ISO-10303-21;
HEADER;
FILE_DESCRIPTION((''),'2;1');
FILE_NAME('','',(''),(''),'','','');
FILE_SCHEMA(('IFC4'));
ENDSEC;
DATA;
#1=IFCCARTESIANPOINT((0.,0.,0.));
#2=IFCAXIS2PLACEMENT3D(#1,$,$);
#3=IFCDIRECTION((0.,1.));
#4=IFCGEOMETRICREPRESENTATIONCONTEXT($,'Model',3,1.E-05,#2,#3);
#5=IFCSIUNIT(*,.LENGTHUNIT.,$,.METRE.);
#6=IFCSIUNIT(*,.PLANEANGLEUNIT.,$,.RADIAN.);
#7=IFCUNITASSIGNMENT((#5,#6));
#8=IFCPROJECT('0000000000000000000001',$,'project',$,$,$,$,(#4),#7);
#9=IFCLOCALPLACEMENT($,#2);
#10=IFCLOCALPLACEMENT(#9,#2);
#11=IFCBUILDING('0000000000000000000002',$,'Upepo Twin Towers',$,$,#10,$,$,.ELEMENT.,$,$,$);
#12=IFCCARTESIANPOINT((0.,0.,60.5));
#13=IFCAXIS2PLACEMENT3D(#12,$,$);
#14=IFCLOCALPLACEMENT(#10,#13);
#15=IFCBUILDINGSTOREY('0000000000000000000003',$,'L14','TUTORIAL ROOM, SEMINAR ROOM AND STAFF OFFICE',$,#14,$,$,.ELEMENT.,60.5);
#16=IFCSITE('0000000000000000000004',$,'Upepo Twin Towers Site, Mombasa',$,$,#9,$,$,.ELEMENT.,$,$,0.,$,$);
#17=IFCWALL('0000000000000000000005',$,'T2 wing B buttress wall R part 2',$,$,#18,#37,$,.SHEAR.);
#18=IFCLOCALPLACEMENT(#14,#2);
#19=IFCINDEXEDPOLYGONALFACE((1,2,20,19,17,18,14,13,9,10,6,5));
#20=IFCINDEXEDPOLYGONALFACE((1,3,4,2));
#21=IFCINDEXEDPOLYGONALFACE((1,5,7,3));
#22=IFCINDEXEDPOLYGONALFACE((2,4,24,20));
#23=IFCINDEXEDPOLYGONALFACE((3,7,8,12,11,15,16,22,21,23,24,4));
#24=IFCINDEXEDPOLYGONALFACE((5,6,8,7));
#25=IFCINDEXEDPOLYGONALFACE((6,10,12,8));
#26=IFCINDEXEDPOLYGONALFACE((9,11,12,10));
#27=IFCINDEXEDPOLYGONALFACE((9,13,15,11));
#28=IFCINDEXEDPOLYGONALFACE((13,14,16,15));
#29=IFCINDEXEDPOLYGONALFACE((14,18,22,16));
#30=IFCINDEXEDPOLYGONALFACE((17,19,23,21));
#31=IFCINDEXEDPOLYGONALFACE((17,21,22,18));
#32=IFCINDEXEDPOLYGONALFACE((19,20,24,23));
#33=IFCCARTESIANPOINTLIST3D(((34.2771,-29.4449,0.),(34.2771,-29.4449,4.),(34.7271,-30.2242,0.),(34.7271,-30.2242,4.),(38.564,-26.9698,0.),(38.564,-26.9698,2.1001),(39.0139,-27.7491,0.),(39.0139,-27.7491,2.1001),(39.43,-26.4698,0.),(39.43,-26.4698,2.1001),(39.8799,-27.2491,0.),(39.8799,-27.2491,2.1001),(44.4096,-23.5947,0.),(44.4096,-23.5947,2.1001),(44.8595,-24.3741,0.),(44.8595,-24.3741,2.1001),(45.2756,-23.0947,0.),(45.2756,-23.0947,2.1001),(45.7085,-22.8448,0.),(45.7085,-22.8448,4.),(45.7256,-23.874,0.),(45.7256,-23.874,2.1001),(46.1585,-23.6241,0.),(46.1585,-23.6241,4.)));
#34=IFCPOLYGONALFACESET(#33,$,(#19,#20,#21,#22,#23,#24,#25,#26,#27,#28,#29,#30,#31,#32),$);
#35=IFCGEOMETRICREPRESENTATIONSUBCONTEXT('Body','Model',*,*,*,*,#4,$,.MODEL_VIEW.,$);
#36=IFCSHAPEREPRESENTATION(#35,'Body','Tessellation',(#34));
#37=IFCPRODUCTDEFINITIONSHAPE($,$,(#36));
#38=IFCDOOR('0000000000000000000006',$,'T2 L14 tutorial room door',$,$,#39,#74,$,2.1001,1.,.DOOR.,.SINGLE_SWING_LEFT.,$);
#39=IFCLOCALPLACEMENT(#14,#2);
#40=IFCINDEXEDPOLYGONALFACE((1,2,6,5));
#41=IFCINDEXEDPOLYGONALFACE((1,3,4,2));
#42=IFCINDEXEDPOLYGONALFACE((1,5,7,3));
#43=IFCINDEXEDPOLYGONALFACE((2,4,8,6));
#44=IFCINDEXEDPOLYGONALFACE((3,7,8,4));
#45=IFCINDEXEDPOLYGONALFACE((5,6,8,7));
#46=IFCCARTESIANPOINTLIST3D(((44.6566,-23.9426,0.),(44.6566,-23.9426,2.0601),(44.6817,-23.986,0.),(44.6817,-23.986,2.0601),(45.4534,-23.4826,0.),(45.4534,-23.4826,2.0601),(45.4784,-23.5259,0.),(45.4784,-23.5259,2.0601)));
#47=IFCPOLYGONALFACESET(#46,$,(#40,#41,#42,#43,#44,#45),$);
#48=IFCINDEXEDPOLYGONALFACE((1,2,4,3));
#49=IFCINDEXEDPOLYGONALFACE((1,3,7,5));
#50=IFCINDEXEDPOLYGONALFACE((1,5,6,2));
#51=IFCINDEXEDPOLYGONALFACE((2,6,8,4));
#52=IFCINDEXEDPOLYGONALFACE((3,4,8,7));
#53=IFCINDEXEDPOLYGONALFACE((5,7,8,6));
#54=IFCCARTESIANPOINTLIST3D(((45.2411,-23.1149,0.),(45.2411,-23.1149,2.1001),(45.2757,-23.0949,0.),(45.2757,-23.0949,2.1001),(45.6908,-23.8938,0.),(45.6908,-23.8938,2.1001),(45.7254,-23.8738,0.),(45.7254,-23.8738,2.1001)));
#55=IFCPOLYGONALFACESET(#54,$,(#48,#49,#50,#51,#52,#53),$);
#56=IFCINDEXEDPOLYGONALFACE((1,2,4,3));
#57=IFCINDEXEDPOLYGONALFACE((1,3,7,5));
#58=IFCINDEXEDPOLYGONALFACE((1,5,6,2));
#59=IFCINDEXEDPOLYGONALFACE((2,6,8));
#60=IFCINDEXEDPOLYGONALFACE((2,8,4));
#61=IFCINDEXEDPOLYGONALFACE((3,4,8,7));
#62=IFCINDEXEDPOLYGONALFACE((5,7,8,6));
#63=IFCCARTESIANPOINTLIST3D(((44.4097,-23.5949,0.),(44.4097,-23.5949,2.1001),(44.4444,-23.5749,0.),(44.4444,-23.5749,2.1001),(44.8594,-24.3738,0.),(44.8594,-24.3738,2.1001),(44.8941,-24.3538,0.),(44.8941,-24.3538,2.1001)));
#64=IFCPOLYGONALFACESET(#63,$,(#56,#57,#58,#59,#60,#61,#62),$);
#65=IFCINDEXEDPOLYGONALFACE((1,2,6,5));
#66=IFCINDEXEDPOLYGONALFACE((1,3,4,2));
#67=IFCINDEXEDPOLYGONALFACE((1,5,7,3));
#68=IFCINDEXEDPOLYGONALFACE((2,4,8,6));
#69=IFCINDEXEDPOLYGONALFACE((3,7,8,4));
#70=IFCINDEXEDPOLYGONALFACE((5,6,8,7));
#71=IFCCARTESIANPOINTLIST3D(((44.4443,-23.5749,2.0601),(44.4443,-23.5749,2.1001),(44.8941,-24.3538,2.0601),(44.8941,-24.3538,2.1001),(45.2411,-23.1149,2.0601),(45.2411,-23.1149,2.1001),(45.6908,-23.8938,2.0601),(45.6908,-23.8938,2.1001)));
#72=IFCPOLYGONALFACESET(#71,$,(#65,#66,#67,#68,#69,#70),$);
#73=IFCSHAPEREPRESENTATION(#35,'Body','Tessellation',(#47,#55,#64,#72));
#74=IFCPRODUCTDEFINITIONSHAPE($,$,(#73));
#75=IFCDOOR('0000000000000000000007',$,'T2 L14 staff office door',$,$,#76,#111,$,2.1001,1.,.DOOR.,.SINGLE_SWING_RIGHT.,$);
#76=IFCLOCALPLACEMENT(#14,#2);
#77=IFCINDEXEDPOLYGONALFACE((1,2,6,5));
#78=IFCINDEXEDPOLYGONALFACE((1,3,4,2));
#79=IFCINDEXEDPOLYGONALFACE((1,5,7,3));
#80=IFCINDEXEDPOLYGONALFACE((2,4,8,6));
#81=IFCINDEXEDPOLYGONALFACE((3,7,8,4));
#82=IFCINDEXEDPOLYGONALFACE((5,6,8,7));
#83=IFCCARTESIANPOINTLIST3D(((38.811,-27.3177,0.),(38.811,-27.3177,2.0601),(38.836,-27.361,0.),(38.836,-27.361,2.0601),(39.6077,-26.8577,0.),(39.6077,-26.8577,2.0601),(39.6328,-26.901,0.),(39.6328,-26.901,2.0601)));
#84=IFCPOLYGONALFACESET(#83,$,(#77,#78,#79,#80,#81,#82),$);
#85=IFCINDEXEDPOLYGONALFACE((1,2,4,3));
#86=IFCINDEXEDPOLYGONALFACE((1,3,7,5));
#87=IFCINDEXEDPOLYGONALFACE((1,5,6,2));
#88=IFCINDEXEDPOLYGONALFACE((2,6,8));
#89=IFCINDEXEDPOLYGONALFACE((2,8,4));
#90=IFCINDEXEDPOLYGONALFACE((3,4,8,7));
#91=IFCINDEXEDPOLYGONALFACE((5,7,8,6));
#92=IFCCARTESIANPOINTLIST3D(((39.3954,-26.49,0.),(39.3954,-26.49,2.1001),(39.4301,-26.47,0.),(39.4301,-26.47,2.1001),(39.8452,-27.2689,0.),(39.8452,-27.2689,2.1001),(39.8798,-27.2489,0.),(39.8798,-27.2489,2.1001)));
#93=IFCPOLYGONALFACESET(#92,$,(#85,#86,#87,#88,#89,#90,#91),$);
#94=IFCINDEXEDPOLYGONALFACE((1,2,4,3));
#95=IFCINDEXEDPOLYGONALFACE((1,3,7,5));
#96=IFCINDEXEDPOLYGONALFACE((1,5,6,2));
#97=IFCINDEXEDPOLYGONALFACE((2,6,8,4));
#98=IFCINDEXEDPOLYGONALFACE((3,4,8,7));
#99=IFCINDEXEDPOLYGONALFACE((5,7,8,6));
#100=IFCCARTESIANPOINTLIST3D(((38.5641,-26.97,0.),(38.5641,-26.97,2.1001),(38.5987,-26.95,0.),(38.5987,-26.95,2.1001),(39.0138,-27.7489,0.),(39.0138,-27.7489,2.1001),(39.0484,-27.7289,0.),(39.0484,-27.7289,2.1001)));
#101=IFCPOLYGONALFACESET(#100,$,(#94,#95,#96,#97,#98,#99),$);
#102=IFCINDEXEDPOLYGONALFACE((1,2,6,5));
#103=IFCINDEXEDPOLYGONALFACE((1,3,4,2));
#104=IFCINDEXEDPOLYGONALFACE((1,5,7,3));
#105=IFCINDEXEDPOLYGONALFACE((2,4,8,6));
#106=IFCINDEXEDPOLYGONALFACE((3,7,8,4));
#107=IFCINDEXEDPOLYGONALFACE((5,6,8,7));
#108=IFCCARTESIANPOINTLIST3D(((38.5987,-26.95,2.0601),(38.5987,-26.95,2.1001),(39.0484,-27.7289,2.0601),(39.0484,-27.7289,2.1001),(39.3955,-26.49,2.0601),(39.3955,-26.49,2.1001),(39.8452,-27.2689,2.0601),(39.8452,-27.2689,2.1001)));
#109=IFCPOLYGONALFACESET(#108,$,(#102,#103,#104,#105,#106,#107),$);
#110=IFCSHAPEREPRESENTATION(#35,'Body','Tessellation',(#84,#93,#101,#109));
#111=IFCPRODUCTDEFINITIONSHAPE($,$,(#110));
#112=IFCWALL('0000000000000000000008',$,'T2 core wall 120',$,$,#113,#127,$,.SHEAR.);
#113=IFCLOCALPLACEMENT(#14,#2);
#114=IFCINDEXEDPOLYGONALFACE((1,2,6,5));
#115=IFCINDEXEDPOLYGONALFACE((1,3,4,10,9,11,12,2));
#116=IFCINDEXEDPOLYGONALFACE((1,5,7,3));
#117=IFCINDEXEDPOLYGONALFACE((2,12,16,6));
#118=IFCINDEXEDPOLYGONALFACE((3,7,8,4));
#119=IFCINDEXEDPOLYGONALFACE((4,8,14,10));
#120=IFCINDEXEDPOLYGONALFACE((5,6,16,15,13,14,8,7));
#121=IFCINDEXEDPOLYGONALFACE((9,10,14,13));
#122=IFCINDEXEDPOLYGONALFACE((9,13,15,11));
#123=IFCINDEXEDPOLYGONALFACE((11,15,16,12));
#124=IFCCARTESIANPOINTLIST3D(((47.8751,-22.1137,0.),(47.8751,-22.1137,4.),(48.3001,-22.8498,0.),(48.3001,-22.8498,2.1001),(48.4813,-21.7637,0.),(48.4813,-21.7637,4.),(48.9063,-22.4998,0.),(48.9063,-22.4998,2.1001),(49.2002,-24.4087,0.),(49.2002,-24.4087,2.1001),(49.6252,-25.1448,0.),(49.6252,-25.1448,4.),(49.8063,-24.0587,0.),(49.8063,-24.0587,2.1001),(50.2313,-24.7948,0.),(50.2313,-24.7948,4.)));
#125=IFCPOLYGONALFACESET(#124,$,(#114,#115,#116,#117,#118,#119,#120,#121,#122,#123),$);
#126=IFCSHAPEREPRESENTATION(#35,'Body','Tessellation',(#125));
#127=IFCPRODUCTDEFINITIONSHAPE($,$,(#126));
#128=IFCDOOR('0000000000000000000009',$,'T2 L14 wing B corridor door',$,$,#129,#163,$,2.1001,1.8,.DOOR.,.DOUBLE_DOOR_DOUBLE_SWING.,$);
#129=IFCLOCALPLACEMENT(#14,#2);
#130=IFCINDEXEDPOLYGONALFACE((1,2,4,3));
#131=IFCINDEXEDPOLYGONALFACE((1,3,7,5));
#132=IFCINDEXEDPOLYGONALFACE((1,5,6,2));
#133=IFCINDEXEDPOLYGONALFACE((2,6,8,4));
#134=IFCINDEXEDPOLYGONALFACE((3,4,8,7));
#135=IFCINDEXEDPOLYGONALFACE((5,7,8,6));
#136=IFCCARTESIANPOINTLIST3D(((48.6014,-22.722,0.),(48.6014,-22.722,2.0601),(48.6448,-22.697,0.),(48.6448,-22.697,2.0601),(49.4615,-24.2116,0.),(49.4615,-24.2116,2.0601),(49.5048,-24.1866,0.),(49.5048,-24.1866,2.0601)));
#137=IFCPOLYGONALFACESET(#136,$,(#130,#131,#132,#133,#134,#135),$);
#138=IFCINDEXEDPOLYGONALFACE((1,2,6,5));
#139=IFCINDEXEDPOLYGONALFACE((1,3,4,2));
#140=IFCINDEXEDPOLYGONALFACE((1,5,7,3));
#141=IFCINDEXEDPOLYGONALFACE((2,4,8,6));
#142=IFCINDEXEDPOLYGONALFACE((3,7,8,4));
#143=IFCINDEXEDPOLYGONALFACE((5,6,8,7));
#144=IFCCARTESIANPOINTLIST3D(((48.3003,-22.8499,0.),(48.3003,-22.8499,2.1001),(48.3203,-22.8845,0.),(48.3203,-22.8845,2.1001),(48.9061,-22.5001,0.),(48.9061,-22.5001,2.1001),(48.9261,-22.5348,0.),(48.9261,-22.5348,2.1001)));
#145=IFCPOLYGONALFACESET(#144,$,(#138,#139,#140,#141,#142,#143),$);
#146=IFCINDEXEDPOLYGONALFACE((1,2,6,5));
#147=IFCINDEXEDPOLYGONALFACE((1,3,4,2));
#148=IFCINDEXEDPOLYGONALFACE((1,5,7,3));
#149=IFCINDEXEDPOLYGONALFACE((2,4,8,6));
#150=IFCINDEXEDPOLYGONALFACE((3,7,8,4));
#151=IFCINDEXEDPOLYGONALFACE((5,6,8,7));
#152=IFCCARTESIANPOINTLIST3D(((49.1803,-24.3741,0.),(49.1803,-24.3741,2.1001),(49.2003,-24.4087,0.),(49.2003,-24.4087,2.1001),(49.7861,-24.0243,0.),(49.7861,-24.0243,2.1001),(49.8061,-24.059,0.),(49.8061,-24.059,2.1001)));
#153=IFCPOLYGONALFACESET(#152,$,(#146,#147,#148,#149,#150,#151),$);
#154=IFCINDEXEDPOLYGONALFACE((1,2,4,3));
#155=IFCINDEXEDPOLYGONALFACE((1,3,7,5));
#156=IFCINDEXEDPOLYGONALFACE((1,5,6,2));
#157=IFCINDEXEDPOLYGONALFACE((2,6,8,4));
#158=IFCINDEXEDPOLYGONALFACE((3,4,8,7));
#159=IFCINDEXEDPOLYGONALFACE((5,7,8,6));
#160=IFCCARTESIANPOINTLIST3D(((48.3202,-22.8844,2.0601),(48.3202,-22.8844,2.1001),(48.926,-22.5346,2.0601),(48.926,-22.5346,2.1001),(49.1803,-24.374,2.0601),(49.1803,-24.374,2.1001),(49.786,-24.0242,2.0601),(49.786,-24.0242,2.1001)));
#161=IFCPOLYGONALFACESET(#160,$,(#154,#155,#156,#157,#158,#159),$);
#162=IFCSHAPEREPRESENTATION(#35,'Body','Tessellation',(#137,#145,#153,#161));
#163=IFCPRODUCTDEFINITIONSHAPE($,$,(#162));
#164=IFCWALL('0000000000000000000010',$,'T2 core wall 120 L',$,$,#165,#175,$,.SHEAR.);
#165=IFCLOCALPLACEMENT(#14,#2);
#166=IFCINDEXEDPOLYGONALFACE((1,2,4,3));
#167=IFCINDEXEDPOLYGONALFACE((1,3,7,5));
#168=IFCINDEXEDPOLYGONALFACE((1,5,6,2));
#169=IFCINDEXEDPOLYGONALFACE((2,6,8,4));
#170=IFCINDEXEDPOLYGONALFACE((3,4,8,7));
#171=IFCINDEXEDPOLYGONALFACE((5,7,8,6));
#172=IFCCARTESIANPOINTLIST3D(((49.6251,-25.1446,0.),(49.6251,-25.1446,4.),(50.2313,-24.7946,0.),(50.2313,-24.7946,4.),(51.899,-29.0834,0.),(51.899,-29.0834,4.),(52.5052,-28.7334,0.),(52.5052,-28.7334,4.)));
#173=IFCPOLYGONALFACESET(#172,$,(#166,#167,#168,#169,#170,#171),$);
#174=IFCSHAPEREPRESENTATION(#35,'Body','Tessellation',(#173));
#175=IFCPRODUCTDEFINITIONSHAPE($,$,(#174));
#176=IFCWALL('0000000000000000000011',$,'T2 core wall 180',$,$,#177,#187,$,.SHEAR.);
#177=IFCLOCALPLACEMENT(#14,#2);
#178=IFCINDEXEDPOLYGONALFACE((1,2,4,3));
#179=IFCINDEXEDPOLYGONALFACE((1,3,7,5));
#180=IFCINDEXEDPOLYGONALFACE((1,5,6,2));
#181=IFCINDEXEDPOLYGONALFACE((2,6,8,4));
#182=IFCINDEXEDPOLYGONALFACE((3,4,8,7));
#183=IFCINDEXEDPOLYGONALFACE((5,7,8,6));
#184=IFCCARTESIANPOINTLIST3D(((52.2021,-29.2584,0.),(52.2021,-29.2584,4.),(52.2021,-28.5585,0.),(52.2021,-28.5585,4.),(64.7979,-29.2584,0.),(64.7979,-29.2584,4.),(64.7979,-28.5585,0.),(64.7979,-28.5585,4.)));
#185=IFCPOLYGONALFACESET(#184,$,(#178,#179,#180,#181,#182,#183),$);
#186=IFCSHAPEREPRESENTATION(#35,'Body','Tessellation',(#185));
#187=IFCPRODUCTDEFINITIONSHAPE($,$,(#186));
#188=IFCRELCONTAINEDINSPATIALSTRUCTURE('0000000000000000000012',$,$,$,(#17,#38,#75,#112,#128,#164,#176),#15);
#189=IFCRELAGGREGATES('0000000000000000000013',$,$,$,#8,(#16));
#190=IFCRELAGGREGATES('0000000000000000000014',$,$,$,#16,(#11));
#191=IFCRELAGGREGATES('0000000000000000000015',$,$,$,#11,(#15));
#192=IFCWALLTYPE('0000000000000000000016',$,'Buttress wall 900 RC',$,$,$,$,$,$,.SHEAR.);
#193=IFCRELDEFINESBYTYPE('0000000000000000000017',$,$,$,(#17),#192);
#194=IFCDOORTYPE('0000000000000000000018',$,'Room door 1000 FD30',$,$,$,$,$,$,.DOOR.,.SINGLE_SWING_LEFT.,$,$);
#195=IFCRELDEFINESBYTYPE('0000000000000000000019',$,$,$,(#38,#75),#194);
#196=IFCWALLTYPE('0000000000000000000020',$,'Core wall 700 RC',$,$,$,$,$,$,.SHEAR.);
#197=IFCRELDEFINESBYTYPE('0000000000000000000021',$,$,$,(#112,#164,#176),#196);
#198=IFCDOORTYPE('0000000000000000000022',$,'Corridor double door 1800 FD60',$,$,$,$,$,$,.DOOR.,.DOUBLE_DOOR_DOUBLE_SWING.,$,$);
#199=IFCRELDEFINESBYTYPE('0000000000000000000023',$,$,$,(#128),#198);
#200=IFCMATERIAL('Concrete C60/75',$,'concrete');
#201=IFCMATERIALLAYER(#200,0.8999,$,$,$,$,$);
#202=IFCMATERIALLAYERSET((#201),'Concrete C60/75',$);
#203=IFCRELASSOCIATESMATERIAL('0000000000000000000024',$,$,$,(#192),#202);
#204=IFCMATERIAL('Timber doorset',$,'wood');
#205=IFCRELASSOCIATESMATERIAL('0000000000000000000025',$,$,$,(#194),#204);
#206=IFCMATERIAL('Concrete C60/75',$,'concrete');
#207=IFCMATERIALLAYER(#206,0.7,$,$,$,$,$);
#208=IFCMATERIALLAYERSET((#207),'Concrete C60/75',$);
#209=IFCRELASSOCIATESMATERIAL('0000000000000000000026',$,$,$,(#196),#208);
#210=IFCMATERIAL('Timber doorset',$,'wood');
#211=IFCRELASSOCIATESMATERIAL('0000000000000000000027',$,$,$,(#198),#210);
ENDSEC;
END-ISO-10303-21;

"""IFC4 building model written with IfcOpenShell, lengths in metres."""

from ifc_helpers import new_model, si_unit, direction, frame, frame_2d, origin, place, context, subcontext, project, spatial, rectangle, extrude, material, layer, layer_set, type_object, element, fill, save


model = new_model("IFC4")

# Units and contexts
model_context = context("Model", 3, precision=1e-05, world=origin(), true_north=direction((0.0, 1.0)))
body_context = subcontext(model_context, "Body", "Model", "MODEL_VIEW")
ifc_project = project(units=[si_unit("LENGTHUNIT", "METRE"), si_unit("PLANEANGLEUNIT", "RADIAN")], contexts=[model_context])

# Site, building, storey
site_placement = place(None, origin())
site = spatial("IfcSite", under=ifc_project, at=site_placement, Name="Upepo Twin Towers Site, Mombasa", CompositionType="ELEMENT", RefElevation=0.0)
building_placement = place(site_placement, origin())
building = spatial("IfcBuilding", under=site, at=building_placement, Name="Upepo Twin Towers", CompositionType="ELEMENT")
storey_placement = place(building_placement, frame((0.0, 0.0, 60.5)))
storey = spatial("IfcBuildingStorey", under=building, at=storey_placement, Name="L14", Description="TUTORIAL ROOM, SEMINAR ROOM AND STAFF OFFICE", CompositionType="ELEMENT", Elevation=60.5)

# Wall, openings, doors
ifc_material_1 = material(Name="Concrete C60/75", Category="concrete")
ifc_layer_1 = layer(ifc_material_1, 0.8999)
ifc_layer_set_1 = layer_set([ifc_layer_1], Name="Concrete C60/75")
wall_type_1 = type_object("IfcWallType", Name="Buttress wall 900 RC", PredefinedType="SHEAR", material=ifc_layer_set_1)
ifc_material_2 = material(Name="Timber doorset", Category="wood")
door_type_1 = type_object("IfcDoorType", Name="Room door 1000 FD30", OperationType="SINGLE_SWING_LEFT", PredefinedType="DOOR", material=ifc_material_2)
wall_1_placement = place(storey_placement, frame((45.9336, -23.2344, 0.0), z_axis=(0.0, 0.0, 1.0), x_axis=(-0.86602, -0.50001, 0.0)))
wall_1 = element("IfcWall", 1, at=wall_1_placement, inside=storey, type_object=wall_type_1, Name="T2 wing B buttress wall R part 2", PredefinedType="SHEAR", context=body_context, shape_type="SweptSolid", body=[
    extrude(rectangle(XDim=13.2, YDim=0.8999, at=frame_2d((6.6001, 0.0))), origin(), (0.0, 0.0, 1.0), 4.0),
])
opening_1_placement = place(wall_1_placement, frame((0.5, 0.0, 0.0)))
opening_1 = element("IfcOpeningElement", 2, at=opening_1_placement, cuts=wall_1, PredefinedType="OPENING", context=body_context, shape_type="SweptSolid", body=[
    extrude(rectangle(XDim=1.0, YDim=2.1001, at=frame_2d((0.5, 1.05))), frame((0.0, 0.46, 0.0), z_axis=(0.0, -1.0, 0.0), x_axis=(1.0, 0.0, 0.0)), (0.0, 0.0, 1.0), 0.9199),
])
opening_2_placement = place(wall_1_placement, frame((7.25, 0.0, 0.0)))
opening_2 = element("IfcOpeningElement", 3, at=opening_2_placement, cuts=wall_1, PredefinedType="OPENING", context=body_context, shape_type="SweptSolid", body=[
    extrude(rectangle(XDim=1.0, YDim=2.1001, at=frame_2d((0.5, 1.05))), frame((0.0, 0.46, 0.0), z_axis=(0.0, -1.0, 0.0), x_axis=(1.0, 0.0, 0.0)), (0.0, 0.0, 1.0), 0.9199),
])
door_1_placement = place(opening_1_placement, origin())
door_1 = element("IfcDoor", 4, at=door_1_placement, inside=storey, type_object=door_type_1, Name="T2 L14 tutorial room door", OperationType="SINGLE_SWING_LEFT", OverallHeight=2.1001, OverallWidth=1.0, PredefinedType="DOOR", context=body_context, shape_type="SweptSolid", body=[
    extrude(rectangle(XDim=0.92, YDim=2.0601, at=frame_2d((0.5, 1.03))), frame((0.0, 0.0249, 0.0), z_axis=(0.0, -1.0, 0.0), x_axis=(1.0, 0.0, 0.0)), (0.0, 0.0, 1.0), 0.05),
    extrude(rectangle(XDim=0.04, YDim=2.1001, at=frame_2d((0.02, 1.05))), frame((0.0, 0.4497, 0.0), z_axis=(0.0, -1.0, 0.0), x_axis=(1.0, 0.0, 0.0)), (0.0, 0.0, 1.0), 0.8994),
    extrude(rectangle(XDim=0.04, YDim=2.1001, at=frame_2d((0.98, 1.05))), frame((0.0, 0.4497, 0.0), z_axis=(0.0, -1.0, 0.0), x_axis=(1.0, 0.0, 0.0)), (0.0, 0.0, 1.0), 0.8994),
    extrude(rectangle(XDim=0.92, YDim=0.04, at=frame_2d((0.5, 2.0801))), frame((0.0, 0.4497, 0.0), z_axis=(0.0, -1.0, 0.0), x_axis=(1.0, 0.0, 0.0)), (0.0, 0.0, 1.0), 0.8994),
])
fill(opening_1, door_1)
door_2_placement = place(opening_2_placement, origin())
door_2 = element("IfcDoor", 5, at=door_2_placement, inside=storey, type_object=door_type_1, Name="T2 L14 staff office door", OperationType="SINGLE_SWING_RIGHT", OverallHeight=2.1001, OverallWidth=1.0, PredefinedType="DOOR", context=body_context, shape_type="SweptSolid", body=[
    extrude(rectangle(XDim=0.92, YDim=2.0601, at=frame_2d((0.5, 1.03))), frame((0.0, 0.0249, 0.0), z_axis=(0.0, -1.0, 0.0), x_axis=(1.0, 0.0, 0.0)), (0.0, 0.0, 1.0), 0.05),
    extrude(rectangle(XDim=0.04, YDim=2.1001, at=frame_2d((0.02, 1.05))), frame((0.0, 0.4497, 0.0), z_axis=(0.0, -1.0, 0.0), x_axis=(1.0, 0.0, 0.0)), (0.0, 0.0, 1.0), 0.8994),
    extrude(rectangle(XDim=0.04, YDim=2.1001, at=frame_2d((0.98, 1.05))), frame((0.0, 0.4497, 0.0), z_axis=(0.0, -1.0, 0.0), x_axis=(1.0, 0.0, 0.0)), (0.0, 0.0, 1.0), 0.8994),
    extrude(rectangle(XDim=0.92, YDim=0.04, at=frame_2d((0.5, 2.0801))), frame((0.0, 0.4497, 0.0), z_axis=(0.0, -1.0, 0.0), x_axis=(1.0, 0.0, 0.0)), (0.0, 0.0, 1.0), 0.8994),
])
fill(opening_2, door_2)

# Wall, opening, door
ifc_material_3 = material(Name="Concrete C60/75", Category="concrete")
ifc_layer_2 = layer(ifc_material_3, 0.7)
ifc_layer_set_2 = layer_set([ifc_layer_2], Name="Concrete C60/75")
wall_type_2 = type_object("IfcWallType", Name="Core wall 700 RC", PredefinedType="SHEAR", material=ifc_layer_set_2)
wall_2_placement = place(storey_placement, frame((48.1782, -21.9387, 0.0), z_axis=(0.0, 0.0, 1.0), x_axis=(0.50001, -0.866019, 0.0)))
wall_2 = element("IfcWall", 6, at=wall_2_placement, inside=storey, type_object=wall_type_2, Name="T2 core wall 120", PredefinedType="SHEAR", context=body_context, shape_type="SweptSolid", body=[
    extrude(rectangle(XDim=3.5, YDim=0.7, at=frame_2d((1.75, 0.0))), origin(), (0.0, 0.0, 1.0), 4.0),
])
opening_3_placement = place(wall_2_placement, frame((0.8501, 0.0, 0.0)))
opening_3 = element("IfcOpeningElement", 7, at=opening_3_placement, cuts=wall_2, PredefinedType="OPENING", context=body_context, shape_type="SweptSolid", body=[
    extrude(rectangle(XDim=1.8, YDim=2.1001, at=frame_2d((0.8999, 1.05))), frame((0.0, 0.3599, 0.0), z_axis=(0.0, -1.0, 0.0), x_axis=(1.0, 0.0, 0.0)), (0.0, 0.0, 1.0), 0.72),
])
ifc_material_4 = material(Name="Timber doorset", Category="wood")
door_type_2 = type_object("IfcDoorType", Name="Corridor double door 1800 FD60", OperationType="DOUBLE_DOOR_DOUBLE_SWING", PredefinedType="DOOR", material=ifc_material_4)
door_3_placement = place(opening_3_placement, origin())
door_3 = element("IfcDoor", 8, at=door_3_placement, inside=storey, type_object=door_type_2, Name="T2 L14 wing B corridor door", OperationType="DOUBLE_DOOR_DOUBLE_SWING", OverallHeight=2.1001, OverallWidth=1.8, PredefinedType="DOOR", context=body_context, shape_type="SweptSolid", body=[
    extrude(rectangle(XDim=1.72, YDim=2.0601, at=frame_2d((0.8999, 1.03))), frame((0.0, 0.0249, 0.0), z_axis=(0.0, -1.0, 0.0), x_axis=(1.0, 0.0, 0.0)), (0.0, 0.0, 1.0), 0.05),
    extrude(rectangle(XDim=0.04, YDim=2.1001, at=frame_2d((0.02, 1.05))), frame((0.0, 0.3496, 0.0), z_axis=(0.0, -1.0, 0.0), x_axis=(1.0, 0.0, 0.0)), (0.0, 0.0, 1.0), 0.6995),
    extrude(rectangle(XDim=0.04, YDim=2.1001, at=frame_2d((1.78, 1.05))), frame((0.0, 0.3496, 0.0), z_axis=(0.0, -1.0, 0.0), x_axis=(1.0, 0.0, 0.0)), (0.0, 0.0, 1.0), 0.6995),
    extrude(rectangle(XDim=1.72, YDim=0.04, at=frame_2d((0.8999, 2.0801))), frame((0.0, 0.3496, 0.0), z_axis=(0.0, -1.0, 0.0), x_axis=(1.0, 0.0, 0.0)), (0.0, 0.0, 1.0), 0.6995),
])
fill(opening_3, door_3)

# Walls
wall_3_placement = place(storey_placement, frame((49.9282, -24.9697, 0.0), z_axis=(0.0, 0.0, 1.0), x_axis=(0.499984, -0.866035, 0.0)))
element("IfcWall", 9, at=wall_3_placement, inside=storey, type_object=wall_type_2, Name="T2 core wall 120 L", PredefinedType="SHEAR", context=body_context, shape_type="SweptSolid", body=[
    extrude(rectangle(XDim=4.5481, YDim=0.7, at=frame_2d((2.2739, 0.0))), origin(), (0.0, 0.0, 1.0), 4.0),
])
wall_4_placement = place(storey_placement, frame((52.2021, -28.9084, 0.0), z_axis=(0.0, 0.0, 1.0), x_axis=(1.0, 0.0, 0.0)))
element("IfcWall", 10, at=wall_4_placement, inside=storey, type_object=wall_type_2, Name="T2 core wall 180", PredefinedType="SHEAR", context=body_context, shape_type="SweptSolid", body=[
    extrude(rectangle(XDim=12.5957, YDim=0.7, at=frame_2d((6.2979, 0.0))), origin(), (0.0, 0.0, 1.0), 4.0),
])

save(model, "model.ifc")
